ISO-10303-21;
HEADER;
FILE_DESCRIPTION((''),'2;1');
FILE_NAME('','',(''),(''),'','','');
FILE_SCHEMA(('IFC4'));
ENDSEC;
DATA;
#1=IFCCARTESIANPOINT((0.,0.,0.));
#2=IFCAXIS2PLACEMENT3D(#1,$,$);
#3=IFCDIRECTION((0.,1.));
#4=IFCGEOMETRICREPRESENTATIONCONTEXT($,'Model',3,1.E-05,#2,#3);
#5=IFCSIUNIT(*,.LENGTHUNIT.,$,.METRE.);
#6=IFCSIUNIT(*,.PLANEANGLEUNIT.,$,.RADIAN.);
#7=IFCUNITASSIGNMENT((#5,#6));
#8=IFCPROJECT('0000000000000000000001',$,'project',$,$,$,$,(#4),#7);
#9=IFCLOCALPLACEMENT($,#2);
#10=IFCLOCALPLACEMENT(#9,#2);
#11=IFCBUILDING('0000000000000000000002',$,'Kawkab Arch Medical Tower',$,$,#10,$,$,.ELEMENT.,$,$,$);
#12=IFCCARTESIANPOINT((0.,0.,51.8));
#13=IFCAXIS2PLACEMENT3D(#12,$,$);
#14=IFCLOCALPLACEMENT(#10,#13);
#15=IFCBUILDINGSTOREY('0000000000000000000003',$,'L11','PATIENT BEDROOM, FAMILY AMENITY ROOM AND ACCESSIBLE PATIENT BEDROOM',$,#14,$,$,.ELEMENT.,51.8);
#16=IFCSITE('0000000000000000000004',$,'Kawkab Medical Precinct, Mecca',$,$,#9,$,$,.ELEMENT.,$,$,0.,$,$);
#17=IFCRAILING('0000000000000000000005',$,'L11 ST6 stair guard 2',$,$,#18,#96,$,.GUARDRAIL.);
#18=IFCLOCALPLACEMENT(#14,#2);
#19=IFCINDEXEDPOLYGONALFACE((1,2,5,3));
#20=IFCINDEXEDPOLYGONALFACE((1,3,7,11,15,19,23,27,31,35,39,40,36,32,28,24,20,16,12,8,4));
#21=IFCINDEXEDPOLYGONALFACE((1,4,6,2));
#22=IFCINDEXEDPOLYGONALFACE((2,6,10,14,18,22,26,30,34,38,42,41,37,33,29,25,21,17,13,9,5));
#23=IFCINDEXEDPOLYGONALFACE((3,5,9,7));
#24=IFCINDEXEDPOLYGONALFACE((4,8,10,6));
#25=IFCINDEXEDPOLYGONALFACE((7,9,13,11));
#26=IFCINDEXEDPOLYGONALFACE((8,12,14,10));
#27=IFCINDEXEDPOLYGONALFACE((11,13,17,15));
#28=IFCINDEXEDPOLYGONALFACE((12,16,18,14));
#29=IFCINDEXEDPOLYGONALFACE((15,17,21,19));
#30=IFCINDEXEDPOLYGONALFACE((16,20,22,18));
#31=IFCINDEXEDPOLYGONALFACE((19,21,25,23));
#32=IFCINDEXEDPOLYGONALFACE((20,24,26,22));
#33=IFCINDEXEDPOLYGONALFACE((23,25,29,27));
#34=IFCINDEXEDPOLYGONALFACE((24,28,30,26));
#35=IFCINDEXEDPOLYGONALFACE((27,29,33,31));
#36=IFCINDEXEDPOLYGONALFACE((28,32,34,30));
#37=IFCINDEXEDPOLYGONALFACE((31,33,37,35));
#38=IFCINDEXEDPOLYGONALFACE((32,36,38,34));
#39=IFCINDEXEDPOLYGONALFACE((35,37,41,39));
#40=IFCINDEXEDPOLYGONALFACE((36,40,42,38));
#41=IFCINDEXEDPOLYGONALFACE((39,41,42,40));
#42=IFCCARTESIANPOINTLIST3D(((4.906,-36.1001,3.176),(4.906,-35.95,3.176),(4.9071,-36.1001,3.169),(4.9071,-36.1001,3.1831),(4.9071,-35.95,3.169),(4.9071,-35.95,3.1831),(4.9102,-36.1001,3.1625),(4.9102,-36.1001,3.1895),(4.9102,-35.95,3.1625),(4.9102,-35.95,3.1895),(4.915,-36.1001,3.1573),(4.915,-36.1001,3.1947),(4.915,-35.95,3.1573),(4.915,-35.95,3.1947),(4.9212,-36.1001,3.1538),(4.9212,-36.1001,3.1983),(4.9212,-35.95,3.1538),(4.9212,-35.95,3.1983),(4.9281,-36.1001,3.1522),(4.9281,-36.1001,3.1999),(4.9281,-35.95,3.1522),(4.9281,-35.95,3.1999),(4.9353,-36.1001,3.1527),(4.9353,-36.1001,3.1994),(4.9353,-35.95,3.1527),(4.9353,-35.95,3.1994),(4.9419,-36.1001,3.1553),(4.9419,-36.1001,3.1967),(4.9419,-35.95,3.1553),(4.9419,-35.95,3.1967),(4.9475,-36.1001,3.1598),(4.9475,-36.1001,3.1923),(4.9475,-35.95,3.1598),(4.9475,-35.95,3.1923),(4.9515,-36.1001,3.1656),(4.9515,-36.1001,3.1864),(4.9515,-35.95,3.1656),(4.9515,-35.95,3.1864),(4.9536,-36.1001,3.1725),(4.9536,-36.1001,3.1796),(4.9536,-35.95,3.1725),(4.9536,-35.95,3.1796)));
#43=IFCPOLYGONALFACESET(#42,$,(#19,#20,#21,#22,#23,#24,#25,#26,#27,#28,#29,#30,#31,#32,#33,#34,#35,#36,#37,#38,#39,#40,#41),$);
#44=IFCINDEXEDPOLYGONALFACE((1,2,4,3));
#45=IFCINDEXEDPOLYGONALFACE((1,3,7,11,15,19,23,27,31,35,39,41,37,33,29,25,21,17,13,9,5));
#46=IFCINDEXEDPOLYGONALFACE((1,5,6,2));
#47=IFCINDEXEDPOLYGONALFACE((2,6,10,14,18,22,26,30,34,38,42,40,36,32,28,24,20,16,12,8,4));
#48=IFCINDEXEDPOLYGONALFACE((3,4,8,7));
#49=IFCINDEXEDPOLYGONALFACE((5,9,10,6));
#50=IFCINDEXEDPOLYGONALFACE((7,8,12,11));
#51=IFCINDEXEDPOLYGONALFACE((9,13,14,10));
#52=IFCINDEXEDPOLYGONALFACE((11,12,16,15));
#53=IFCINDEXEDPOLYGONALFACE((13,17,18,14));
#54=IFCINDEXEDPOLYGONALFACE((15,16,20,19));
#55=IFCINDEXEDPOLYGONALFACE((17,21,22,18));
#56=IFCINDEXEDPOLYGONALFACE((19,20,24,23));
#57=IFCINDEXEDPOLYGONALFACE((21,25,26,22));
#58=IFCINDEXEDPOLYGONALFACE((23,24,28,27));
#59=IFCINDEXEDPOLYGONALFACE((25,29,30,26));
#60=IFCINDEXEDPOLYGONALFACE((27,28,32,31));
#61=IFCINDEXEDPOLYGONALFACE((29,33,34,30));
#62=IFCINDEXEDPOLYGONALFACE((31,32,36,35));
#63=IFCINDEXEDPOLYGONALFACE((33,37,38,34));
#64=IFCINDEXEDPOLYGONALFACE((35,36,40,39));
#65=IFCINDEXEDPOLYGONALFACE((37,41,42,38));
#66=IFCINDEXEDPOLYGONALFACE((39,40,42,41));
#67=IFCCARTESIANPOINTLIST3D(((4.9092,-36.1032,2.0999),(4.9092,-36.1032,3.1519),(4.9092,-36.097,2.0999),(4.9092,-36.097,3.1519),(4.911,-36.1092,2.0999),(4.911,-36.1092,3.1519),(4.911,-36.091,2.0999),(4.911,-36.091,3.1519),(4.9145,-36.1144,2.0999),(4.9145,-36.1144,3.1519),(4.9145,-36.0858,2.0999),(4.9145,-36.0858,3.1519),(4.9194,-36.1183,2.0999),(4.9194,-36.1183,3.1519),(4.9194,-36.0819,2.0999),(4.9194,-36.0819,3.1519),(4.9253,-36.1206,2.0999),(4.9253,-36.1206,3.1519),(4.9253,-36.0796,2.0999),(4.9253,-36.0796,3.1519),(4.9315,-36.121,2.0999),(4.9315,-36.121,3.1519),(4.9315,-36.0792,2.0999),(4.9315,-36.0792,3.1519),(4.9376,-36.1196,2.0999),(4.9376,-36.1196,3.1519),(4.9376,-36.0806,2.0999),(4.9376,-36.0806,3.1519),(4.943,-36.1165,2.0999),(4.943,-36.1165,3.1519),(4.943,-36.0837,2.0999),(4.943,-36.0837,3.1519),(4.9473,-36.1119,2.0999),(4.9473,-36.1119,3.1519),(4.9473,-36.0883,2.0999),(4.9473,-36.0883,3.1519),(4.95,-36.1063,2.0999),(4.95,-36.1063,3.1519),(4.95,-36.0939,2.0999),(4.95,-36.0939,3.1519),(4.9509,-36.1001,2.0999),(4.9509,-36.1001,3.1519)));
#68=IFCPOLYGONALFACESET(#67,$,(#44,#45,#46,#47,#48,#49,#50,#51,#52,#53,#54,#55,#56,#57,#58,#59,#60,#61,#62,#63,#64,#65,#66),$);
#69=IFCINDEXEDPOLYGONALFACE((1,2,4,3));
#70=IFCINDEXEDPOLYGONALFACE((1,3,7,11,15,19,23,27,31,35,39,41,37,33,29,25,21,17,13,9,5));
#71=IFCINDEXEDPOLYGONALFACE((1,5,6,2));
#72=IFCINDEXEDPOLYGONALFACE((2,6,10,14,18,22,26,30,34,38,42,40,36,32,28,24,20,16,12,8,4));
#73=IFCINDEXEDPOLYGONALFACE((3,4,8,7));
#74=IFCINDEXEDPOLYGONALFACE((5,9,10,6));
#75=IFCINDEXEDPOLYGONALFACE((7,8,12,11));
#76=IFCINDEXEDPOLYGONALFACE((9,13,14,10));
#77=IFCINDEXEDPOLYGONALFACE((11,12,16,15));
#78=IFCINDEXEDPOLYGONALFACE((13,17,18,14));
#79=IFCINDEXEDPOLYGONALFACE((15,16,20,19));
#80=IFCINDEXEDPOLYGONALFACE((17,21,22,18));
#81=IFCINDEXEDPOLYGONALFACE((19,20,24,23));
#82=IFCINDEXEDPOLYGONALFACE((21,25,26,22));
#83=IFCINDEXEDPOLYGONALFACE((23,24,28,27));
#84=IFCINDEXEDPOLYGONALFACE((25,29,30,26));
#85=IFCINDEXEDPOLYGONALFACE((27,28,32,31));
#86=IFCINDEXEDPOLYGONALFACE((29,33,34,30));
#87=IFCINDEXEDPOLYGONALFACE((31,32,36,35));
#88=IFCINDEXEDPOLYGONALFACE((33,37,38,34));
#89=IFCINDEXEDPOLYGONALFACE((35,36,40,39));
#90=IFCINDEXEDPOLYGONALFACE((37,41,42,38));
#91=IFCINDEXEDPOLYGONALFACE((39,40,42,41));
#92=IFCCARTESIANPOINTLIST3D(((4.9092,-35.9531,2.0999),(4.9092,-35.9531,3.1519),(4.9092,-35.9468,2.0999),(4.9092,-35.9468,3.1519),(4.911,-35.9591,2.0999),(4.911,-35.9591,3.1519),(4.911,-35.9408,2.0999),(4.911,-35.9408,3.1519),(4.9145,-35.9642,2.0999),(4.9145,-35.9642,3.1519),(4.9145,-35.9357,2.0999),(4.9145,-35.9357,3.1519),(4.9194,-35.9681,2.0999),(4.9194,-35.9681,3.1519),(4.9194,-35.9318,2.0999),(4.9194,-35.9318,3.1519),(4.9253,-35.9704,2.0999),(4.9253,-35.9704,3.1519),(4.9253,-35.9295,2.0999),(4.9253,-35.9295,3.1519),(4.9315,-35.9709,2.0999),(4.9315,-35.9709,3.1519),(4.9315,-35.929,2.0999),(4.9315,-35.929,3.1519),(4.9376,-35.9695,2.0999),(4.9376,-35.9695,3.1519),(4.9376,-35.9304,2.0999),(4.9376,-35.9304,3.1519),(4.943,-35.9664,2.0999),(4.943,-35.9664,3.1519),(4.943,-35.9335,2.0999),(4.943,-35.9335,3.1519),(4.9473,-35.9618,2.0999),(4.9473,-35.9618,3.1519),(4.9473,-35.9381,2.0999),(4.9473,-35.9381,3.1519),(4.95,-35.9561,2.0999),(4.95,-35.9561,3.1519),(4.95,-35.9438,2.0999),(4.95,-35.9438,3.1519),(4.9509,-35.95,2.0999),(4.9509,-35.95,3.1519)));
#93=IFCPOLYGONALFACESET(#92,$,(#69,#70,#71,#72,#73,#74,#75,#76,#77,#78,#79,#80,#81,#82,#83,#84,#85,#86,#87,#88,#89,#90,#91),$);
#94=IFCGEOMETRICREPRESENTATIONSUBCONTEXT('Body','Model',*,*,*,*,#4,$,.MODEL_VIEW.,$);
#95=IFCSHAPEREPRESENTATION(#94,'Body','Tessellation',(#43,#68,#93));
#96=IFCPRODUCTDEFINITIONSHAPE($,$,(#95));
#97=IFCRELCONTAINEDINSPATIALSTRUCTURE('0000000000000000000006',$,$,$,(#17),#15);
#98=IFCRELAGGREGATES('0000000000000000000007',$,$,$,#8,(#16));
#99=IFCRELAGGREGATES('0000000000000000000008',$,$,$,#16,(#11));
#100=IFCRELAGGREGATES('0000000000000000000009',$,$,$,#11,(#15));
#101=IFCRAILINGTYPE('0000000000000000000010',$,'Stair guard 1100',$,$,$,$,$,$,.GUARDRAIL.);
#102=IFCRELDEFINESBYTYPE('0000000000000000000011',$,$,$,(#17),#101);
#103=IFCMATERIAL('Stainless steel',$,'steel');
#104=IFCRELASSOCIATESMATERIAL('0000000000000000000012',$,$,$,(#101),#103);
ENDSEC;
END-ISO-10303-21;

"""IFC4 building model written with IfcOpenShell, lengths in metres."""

from ifc_helpers import new_model, si_unit, direction, frame, origin, origin_2d, place, context, subcontext, project, spatial, circle, extrude, material, type_object, element, save


model = new_model("IFC4")

# Units and contexts
model_context = context("Model", 3, precision=1e-05, world=origin(), true_north=direction((0.0, 1.0)))
body_context = subcontext(model_context, "Body", "Model", "MODEL_VIEW")
ifc_project = project(units=[si_unit("LENGTHUNIT", "METRE"), si_unit("PLANEANGLEUNIT", "RADIAN")], contexts=[model_context])

# Site, building, storey
site_placement = place(None, origin())
site = spatial("IfcSite", under=ifc_project, at=site_placement, Name="Kawkab Medical Precinct, Mecca", CompositionType="ELEMENT", RefElevation=0.0)
building_placement = place(site_placement, origin())
building = spatial("IfcBuilding", under=site, at=building_placement, Name="Kawkab Arch Medical Tower", CompositionType="ELEMENT")
storey_placement = place(building_placement, frame((0.0, 0.0, 51.8)))
storey = spatial("IfcBuildingStorey", under=building, at=storey_placement, Name="L11", Description="PATIENT BEDROOM, FAMILY AMENITY ROOM AND ACCESSIBLE PATIENT BEDROOM", CompositionType="ELEMENT", Elevation=51.8)

# Railing
ifc_material_1 = material(Name="Stainless steel", Category="steel")
railing_type = type_object("IfcRailingType", Name="Stair guard 1100", PredefinedType="GUARDRAIL", material=ifc_material_1)
railing_1_placement = place(storey_placement, frame((4.9299, -36.1001, 2.0999)))
element("IfcRailing", 1, at=railing_1_placement, inside=storey, type_object=railing_type, Name="L11 ST6 stair guard 2", PredefinedType="GUARDRAIL", context=body_context, shape_type="SweptSolid", body=[
    extrude(circle(Radius=0.0239, at=origin_2d()), frame((0.0, 0.0, 1.0762), z_axis=(0.0, 1.0, 0.0), x_axis=(-1.0, 0.0, 0.0)), (0.0, 0.0, 1.0), 0.1501),
    extrude(circle(Radius=0.021, at=origin_2d()), origin(), (0.0, 0.0, 1.0), 1.052),
    extrude(circle(Radius=0.021, at=origin_2d()), frame((0.0, 0.1501, 0.0)), (0.0, 0.0, 1.0), 1.052),
])

save(model, "model.ifc")
